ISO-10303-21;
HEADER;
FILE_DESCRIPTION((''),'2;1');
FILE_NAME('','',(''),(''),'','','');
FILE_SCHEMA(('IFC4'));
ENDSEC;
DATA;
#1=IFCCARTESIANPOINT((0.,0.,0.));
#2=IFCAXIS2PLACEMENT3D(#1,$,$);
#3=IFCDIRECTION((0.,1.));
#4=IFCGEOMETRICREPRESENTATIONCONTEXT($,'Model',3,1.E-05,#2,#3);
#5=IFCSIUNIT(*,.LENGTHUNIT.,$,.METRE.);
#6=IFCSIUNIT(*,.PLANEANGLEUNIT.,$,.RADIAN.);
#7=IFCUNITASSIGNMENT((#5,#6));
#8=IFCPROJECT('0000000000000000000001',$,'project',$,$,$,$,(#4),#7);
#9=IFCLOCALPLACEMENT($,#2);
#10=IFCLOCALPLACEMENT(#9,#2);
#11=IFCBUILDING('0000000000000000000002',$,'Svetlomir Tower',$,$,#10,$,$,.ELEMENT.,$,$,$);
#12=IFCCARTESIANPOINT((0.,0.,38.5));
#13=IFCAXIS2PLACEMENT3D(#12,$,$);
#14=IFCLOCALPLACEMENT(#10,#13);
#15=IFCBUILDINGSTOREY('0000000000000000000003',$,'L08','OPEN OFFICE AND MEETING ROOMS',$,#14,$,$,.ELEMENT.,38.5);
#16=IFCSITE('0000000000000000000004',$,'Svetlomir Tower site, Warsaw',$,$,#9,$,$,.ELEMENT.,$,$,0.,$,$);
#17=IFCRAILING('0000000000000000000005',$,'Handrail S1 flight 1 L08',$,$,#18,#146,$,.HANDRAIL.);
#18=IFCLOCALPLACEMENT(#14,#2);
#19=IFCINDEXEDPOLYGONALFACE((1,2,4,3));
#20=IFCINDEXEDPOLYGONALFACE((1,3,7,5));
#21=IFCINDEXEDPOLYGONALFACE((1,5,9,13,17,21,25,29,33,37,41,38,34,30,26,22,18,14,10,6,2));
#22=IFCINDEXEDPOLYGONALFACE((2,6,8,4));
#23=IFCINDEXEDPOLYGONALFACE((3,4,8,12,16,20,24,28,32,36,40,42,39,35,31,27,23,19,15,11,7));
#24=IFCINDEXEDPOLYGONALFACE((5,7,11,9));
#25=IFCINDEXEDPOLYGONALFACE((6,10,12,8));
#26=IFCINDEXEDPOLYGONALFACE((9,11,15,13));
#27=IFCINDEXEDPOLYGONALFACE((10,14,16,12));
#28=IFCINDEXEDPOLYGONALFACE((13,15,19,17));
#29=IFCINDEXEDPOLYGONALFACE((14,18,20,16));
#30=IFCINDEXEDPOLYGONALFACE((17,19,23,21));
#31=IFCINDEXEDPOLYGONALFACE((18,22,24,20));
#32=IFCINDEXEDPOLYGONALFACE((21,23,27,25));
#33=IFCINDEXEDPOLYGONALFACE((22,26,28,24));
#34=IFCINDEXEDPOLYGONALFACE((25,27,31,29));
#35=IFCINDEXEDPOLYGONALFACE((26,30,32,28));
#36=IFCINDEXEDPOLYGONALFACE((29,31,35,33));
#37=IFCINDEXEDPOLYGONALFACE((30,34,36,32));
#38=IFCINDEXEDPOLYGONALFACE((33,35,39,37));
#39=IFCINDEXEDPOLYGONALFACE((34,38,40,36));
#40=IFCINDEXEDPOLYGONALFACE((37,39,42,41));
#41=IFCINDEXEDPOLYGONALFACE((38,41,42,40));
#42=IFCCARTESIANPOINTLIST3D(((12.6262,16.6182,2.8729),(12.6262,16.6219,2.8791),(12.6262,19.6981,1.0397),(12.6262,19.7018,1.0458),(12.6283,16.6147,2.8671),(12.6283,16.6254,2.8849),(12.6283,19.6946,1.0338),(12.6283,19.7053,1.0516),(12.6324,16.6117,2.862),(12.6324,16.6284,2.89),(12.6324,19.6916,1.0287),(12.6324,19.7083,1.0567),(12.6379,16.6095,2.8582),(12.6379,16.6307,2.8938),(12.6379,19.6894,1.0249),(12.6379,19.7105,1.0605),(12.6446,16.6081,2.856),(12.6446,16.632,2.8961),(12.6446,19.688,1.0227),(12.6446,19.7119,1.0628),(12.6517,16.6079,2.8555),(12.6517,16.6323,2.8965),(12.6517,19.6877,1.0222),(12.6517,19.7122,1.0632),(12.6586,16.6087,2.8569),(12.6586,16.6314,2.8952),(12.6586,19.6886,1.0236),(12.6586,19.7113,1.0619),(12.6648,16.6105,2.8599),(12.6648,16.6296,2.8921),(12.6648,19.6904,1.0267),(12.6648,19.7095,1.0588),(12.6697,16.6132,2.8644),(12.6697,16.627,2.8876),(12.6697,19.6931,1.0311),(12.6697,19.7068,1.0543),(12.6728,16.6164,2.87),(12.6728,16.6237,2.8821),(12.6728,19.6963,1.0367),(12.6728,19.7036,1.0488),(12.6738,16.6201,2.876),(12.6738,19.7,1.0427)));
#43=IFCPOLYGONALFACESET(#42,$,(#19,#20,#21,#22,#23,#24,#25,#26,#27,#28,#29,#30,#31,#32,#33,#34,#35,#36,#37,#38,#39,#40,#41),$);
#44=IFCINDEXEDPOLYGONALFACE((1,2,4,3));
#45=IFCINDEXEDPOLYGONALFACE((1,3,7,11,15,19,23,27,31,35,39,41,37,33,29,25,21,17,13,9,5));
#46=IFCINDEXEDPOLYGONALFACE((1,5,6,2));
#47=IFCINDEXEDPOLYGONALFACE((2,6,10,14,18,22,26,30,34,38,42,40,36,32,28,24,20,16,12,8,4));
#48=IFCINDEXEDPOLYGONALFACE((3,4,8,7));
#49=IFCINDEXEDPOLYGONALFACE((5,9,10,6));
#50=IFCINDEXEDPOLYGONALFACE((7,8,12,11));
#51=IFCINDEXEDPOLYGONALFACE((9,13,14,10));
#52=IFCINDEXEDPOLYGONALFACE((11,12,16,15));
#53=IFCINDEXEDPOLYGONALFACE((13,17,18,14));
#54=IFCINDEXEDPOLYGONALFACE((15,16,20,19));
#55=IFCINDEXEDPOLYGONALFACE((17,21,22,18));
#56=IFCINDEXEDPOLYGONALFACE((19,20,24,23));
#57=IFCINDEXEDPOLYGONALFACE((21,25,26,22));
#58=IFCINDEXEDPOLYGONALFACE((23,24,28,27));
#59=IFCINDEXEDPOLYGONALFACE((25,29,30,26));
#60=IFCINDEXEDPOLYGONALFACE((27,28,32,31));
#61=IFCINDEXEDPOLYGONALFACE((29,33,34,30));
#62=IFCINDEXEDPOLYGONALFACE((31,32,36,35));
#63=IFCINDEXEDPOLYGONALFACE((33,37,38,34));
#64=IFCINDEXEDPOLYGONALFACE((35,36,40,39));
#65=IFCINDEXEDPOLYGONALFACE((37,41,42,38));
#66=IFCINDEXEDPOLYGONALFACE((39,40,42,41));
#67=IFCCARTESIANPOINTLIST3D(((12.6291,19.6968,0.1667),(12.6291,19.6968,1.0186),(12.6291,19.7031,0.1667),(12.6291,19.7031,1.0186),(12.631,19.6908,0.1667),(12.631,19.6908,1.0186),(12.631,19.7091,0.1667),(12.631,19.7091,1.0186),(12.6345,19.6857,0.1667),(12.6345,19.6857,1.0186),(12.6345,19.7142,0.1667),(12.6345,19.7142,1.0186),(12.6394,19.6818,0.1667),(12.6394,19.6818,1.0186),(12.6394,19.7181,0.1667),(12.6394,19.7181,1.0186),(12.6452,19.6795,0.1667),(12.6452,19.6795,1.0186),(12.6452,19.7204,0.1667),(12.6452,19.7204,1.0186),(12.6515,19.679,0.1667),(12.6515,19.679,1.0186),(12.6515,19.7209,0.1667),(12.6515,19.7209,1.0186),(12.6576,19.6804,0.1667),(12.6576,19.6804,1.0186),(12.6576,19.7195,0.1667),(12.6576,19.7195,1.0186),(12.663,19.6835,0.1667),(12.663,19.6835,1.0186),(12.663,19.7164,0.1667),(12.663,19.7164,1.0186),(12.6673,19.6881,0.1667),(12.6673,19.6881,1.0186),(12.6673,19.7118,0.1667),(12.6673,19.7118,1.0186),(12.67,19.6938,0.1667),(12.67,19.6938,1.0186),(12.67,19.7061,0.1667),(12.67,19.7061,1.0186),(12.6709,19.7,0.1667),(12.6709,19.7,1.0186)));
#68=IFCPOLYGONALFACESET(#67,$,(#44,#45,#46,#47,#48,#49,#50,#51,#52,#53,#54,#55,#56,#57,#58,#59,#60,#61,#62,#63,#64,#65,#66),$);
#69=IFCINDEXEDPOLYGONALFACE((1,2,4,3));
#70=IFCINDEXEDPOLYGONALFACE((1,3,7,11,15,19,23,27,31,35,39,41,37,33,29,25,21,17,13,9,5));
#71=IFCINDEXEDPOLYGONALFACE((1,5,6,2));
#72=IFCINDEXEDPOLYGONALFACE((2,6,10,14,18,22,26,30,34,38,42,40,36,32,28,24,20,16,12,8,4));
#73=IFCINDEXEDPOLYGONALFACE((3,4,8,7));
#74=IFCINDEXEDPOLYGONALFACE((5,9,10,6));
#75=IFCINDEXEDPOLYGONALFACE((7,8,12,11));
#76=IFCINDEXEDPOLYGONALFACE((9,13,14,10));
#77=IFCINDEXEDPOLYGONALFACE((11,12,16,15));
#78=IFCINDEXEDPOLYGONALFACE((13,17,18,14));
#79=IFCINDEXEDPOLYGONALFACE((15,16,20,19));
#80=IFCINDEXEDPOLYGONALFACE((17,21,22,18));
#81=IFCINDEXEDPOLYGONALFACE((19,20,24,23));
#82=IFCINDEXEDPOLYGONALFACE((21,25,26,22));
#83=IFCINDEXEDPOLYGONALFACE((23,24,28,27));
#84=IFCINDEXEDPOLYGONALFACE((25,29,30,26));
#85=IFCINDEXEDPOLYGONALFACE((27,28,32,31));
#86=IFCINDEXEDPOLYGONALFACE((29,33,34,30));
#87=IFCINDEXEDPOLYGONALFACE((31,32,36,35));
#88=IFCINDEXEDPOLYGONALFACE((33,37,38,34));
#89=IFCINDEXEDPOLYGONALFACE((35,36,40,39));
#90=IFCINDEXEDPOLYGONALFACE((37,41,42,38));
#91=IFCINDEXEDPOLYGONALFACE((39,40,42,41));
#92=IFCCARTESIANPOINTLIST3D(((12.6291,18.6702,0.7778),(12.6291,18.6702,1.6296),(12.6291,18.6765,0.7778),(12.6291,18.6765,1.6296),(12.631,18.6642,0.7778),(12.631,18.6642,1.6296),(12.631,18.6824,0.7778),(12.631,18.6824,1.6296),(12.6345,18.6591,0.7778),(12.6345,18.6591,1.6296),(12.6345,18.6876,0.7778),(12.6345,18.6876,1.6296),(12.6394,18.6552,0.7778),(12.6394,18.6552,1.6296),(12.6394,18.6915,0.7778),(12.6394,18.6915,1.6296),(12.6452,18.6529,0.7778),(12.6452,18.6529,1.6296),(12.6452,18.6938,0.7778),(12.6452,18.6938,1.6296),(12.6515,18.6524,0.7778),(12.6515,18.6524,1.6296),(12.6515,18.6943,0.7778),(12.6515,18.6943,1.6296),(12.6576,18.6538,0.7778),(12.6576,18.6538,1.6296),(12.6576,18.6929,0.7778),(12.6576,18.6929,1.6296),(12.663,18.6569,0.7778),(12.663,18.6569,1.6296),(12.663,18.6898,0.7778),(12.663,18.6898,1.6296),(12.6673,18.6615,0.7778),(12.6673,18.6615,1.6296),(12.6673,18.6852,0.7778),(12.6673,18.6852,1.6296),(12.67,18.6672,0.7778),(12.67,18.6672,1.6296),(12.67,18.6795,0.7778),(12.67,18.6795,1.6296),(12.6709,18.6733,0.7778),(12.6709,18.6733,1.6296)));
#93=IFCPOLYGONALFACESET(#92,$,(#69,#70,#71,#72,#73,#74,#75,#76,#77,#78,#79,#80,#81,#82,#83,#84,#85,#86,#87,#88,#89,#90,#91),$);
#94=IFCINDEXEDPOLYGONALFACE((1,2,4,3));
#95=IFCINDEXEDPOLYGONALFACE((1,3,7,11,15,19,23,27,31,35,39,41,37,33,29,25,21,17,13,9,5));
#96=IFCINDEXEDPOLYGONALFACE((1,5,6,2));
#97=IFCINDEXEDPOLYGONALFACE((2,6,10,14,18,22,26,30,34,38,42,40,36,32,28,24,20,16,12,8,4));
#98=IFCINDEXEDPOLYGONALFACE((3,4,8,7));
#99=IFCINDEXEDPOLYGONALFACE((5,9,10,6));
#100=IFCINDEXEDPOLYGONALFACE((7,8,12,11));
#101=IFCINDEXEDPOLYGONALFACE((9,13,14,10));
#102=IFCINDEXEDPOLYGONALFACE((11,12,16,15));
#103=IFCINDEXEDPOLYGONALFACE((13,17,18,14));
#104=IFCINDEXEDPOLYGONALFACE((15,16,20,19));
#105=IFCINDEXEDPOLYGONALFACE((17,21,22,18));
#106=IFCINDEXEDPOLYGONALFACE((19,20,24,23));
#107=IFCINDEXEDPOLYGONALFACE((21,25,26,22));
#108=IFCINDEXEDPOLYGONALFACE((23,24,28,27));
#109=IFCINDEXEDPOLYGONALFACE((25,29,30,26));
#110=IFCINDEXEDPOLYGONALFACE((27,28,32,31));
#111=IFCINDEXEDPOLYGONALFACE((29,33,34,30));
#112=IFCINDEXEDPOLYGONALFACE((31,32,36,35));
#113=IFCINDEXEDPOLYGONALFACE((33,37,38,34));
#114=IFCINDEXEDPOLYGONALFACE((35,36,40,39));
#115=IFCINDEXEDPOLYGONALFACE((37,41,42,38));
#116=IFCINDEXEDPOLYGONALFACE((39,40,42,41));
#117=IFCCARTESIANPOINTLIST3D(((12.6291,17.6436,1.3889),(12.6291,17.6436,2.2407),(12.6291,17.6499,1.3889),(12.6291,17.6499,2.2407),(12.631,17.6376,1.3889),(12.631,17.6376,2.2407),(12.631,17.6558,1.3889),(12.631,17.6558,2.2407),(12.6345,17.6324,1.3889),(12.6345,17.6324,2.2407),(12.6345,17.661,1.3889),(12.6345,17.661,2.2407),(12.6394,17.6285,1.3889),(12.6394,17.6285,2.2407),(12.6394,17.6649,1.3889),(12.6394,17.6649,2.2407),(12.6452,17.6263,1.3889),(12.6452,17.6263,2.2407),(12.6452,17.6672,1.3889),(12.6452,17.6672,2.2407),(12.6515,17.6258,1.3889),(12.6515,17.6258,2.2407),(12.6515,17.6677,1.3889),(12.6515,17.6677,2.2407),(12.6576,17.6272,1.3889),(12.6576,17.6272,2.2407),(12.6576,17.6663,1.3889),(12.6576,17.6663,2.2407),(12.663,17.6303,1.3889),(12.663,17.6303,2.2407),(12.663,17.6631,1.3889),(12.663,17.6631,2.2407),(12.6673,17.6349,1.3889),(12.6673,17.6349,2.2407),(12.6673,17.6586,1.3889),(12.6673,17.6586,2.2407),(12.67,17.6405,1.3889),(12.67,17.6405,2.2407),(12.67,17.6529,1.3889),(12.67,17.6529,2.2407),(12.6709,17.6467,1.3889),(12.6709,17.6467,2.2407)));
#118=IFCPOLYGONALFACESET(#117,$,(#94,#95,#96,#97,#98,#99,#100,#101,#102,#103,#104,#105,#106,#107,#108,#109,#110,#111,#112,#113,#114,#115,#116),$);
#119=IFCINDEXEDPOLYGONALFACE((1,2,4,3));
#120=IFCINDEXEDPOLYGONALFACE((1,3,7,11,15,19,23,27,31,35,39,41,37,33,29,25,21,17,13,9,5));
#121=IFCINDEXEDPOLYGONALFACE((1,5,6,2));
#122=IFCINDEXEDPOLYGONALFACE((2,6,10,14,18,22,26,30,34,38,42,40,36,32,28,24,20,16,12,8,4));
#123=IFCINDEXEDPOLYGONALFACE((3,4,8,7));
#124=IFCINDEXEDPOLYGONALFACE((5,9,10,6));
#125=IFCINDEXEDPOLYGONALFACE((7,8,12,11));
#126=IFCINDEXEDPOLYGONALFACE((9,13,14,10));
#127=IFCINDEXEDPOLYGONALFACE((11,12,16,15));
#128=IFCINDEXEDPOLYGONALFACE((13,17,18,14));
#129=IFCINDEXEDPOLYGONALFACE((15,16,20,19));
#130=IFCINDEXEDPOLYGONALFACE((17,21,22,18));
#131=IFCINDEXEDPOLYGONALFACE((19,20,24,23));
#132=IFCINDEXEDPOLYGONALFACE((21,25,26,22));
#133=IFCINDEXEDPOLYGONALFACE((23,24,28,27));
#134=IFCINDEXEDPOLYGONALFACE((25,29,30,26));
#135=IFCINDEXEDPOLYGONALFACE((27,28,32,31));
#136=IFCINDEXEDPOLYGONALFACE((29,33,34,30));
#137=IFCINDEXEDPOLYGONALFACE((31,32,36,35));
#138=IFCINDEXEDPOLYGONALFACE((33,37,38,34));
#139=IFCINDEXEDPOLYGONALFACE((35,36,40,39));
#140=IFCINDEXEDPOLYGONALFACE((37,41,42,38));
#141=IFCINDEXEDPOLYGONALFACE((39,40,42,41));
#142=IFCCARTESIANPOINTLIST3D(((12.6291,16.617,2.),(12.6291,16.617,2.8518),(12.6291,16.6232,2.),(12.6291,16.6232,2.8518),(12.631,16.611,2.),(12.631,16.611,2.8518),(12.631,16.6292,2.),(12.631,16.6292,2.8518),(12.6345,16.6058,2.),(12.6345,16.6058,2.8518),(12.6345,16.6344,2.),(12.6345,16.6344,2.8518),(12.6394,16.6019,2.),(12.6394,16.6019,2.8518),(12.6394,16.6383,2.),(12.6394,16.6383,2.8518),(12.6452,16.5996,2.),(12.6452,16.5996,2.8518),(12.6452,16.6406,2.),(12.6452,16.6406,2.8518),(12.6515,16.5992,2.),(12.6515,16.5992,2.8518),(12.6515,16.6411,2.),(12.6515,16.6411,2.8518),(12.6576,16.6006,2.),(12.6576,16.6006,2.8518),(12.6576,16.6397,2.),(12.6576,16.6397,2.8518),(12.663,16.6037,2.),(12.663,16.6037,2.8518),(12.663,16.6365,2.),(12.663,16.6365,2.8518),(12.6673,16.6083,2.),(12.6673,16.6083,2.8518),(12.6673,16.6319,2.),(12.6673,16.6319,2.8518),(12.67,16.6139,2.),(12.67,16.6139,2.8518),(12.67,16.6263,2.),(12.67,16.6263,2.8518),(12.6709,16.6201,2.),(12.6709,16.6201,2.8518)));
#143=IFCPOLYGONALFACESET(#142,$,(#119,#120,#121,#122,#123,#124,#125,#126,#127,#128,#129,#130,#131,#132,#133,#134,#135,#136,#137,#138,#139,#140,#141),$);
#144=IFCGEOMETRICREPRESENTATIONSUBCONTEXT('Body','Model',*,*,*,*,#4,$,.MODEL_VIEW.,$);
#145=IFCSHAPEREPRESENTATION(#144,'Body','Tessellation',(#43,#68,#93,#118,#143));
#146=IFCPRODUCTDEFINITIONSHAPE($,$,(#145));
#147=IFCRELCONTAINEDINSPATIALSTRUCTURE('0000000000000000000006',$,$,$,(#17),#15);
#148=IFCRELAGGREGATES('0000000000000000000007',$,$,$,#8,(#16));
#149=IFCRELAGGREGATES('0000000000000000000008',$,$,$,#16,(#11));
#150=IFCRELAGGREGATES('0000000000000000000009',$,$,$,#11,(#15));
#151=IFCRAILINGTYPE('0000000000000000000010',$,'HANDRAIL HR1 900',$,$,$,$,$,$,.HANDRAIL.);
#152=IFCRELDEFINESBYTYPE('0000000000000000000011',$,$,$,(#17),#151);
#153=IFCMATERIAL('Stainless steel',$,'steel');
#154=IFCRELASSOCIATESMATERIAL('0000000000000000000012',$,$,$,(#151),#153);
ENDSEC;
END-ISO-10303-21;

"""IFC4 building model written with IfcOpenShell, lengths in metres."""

from ifc_helpers import new_model, si_unit, direction, frame, origin, origin_2d, place, context, subcontext, project, spatial, circle, extrude, material, type_object, element, save


model = new_model("IFC4")

# Units and contexts
model_context = context("Model", 3, precision=1e-05, world=origin(), true_north=direction((0.0, 1.0)))
body_context = subcontext(model_context, "Body", "Model", "MODEL_VIEW")
ifc_project = project(units=[si_unit("LENGTHUNIT", "METRE"), si_unit("PLANEANGLEUNIT", "RADIAN")], contexts=[model_context])

# Site, building, storey
site_placement = place(None, origin())
site = spatial("IfcSite", under=ifc_project, at=site_placement, Name="Svetlomir Tower site, Warsaw", CompositionType="ELEMENT", RefElevation=0.0)
building_placement = place(site_placement, origin())
building = spatial("IfcBuilding", under=site, at=building_placement, Name="Svetlomir Tower", CompositionType="ELEMENT")
storey_placement = place(building_placement, frame((0.0, 0.0, 38.5)))
storey = spatial("IfcBuildingStorey", under=building, at=storey_placement, Name="L08", Description="OPEN OFFICE AND MEETING ROOMS", CompositionType="ELEMENT", Elevation=38.5)

# Railing
ifc_material_1 = material(Name="Stainless steel", Category="steel")
railing_type = type_object("IfcRailingType", Name="HANDRAIL HR1 900", PredefinedType="HANDRAIL", material=ifc_material_1)
railing_placement = place(storey_placement, frame((12.6499, 19.7, 0.1667)))
element("IfcRailing", 1, at=railing_placement, inside=storey, type_object=railing_type, Name="Handrail S1 flight 1 L08", PredefinedType="HANDRAIL", context=body_context, shape_type="SweptSolid", body=[
    extrude(circle(Radius=0.0239, at=origin_2d()), frame((0.0, 0.0, 0.876), z_axis=(0.0, -0.859291, 0.511487), x_axis=(1.0, 0.0, 0.0)), (0.0, 0.0, 1.0), 3.5842),
    extrude(circle(Radius=0.021, at=origin_2d()), origin(), (0.0, 0.0, 1.0), 0.8518),
    extrude(circle(Radius=0.021, at=origin_2d()), frame((0.0, -1.0266, 0.6111)), (0.0, 0.0, 1.0), 0.8518),
    extrude(circle(Radius=0.021, at=origin_2d()), frame((0.0, -2.0532, 1.2222)), (0.0, 0.0, 1.0), 0.8518),
    extrude(circle(Radius=0.021, at=origin_2d()), frame((0.0, -3.0798, 1.8333)), (0.0, 0.0, 1.0), 0.8518),
])

save(model, "model.ifc")
